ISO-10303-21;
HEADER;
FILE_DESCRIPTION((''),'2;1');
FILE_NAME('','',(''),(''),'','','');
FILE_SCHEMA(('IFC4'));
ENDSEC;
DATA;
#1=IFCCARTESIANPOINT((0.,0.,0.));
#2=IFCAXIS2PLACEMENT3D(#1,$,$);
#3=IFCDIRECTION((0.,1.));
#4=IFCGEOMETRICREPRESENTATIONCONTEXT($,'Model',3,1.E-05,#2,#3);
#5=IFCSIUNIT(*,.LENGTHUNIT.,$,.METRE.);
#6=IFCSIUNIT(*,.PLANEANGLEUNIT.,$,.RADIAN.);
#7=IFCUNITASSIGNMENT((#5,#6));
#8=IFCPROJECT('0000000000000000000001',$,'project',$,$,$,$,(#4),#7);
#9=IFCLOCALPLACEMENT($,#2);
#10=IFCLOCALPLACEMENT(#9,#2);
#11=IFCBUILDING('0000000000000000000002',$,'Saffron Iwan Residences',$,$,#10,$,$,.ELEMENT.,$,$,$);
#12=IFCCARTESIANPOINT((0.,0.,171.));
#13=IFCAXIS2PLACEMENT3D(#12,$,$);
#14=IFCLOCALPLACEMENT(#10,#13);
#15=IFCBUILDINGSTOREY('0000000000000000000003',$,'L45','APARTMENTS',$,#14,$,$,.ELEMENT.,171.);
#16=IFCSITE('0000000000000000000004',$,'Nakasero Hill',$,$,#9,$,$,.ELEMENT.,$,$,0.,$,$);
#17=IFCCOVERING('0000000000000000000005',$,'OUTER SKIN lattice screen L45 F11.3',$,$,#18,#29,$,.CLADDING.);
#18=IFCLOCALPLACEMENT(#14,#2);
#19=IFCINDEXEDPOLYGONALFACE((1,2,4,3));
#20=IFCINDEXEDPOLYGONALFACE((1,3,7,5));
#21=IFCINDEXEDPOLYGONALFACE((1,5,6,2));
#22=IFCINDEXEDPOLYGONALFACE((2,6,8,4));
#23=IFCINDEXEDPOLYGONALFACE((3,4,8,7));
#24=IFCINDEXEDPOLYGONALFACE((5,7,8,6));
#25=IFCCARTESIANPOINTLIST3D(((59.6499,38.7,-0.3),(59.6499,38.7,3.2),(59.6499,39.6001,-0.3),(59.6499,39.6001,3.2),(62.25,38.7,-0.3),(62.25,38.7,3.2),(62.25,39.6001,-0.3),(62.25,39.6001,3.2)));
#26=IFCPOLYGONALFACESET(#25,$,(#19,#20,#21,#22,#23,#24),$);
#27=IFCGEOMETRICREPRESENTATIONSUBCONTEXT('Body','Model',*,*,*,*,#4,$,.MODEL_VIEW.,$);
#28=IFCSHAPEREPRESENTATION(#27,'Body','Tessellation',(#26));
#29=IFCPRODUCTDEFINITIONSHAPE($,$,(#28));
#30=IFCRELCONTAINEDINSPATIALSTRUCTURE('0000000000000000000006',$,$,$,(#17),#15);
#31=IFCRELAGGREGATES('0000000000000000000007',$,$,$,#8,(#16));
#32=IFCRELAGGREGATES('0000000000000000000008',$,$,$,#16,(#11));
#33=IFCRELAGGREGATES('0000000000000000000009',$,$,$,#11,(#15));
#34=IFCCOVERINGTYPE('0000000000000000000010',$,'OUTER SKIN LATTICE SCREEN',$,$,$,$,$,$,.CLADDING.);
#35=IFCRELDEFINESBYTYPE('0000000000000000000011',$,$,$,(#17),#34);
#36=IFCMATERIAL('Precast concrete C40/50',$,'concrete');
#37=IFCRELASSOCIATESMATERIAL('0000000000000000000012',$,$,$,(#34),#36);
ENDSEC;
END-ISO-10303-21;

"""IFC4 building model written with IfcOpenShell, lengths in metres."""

from ifc_helpers import new_model, si_unit, direction, frame, origin, place, context, subcontext, project, spatial, polyline, outline, extrude, material, type_object, element, save


model = new_model("IFC4")

# Units and contexts
model_context = context("Model", 3, precision=1e-05, world=origin(), true_north=direction((0.0, 1.0)))
body_context = subcontext(model_context, "Body", "Model", "MODEL_VIEW")
ifc_project = project(units=[si_unit("LENGTHUNIT", "METRE"), si_unit("PLANEANGLEUNIT", "RADIAN")], contexts=[model_context])

# Site, building, storey
site_placement = place(None, origin())
site = spatial("IfcSite", under=ifc_project, at=site_placement, Name="Nakasero Hill", CompositionType="ELEMENT", RefElevation=0.0)
building_placement = place(site_placement, origin())
building = spatial("IfcBuilding", under=site, at=building_placement, Name="Saffron Iwan Residences", CompositionType="ELEMENT")
storey_placement = place(building_placement, frame((0.0, 0.0, 171.0)))
storey = spatial("IfcBuildingStorey", under=building, at=storey_placement, Name="L45", Description="APARTMENTS", CompositionType="ELEMENT", Elevation=171.0)

# Covering
ifc_material_1 = material(Name="Precast concrete C40/50", Category="concrete")
covering_type = type_object("IfcCoveringType", Name="OUTER SKIN LATTICE SCREEN", PredefinedType="CLADDING", material=ifc_material_1)
covering_placement = place(storey_placement, frame((59.6499, 39.6001, -0.3), z_axis=(0.0, -1.0, 0.0), x_axis=(1.0, 0.0, 0.0)))
element("IfcCovering", 1, at=covering_placement, inside=storey, type_object=covering_type, Name="OUTER SKIN lattice screen L45 F11.3", PredefinedType="CLADDING", context=body_context, shape_type="SweptSolid", body=[
    extrude(outline(polyline([(0.0, 0.0), (2.6001, 0.0), (2.6001, 3.5), (0.0, 3.5), (0.0, 0.0)])), origin(), (0.0, 0.0, 1.0), 0.9001),
])

save(model, "model.ifc")
